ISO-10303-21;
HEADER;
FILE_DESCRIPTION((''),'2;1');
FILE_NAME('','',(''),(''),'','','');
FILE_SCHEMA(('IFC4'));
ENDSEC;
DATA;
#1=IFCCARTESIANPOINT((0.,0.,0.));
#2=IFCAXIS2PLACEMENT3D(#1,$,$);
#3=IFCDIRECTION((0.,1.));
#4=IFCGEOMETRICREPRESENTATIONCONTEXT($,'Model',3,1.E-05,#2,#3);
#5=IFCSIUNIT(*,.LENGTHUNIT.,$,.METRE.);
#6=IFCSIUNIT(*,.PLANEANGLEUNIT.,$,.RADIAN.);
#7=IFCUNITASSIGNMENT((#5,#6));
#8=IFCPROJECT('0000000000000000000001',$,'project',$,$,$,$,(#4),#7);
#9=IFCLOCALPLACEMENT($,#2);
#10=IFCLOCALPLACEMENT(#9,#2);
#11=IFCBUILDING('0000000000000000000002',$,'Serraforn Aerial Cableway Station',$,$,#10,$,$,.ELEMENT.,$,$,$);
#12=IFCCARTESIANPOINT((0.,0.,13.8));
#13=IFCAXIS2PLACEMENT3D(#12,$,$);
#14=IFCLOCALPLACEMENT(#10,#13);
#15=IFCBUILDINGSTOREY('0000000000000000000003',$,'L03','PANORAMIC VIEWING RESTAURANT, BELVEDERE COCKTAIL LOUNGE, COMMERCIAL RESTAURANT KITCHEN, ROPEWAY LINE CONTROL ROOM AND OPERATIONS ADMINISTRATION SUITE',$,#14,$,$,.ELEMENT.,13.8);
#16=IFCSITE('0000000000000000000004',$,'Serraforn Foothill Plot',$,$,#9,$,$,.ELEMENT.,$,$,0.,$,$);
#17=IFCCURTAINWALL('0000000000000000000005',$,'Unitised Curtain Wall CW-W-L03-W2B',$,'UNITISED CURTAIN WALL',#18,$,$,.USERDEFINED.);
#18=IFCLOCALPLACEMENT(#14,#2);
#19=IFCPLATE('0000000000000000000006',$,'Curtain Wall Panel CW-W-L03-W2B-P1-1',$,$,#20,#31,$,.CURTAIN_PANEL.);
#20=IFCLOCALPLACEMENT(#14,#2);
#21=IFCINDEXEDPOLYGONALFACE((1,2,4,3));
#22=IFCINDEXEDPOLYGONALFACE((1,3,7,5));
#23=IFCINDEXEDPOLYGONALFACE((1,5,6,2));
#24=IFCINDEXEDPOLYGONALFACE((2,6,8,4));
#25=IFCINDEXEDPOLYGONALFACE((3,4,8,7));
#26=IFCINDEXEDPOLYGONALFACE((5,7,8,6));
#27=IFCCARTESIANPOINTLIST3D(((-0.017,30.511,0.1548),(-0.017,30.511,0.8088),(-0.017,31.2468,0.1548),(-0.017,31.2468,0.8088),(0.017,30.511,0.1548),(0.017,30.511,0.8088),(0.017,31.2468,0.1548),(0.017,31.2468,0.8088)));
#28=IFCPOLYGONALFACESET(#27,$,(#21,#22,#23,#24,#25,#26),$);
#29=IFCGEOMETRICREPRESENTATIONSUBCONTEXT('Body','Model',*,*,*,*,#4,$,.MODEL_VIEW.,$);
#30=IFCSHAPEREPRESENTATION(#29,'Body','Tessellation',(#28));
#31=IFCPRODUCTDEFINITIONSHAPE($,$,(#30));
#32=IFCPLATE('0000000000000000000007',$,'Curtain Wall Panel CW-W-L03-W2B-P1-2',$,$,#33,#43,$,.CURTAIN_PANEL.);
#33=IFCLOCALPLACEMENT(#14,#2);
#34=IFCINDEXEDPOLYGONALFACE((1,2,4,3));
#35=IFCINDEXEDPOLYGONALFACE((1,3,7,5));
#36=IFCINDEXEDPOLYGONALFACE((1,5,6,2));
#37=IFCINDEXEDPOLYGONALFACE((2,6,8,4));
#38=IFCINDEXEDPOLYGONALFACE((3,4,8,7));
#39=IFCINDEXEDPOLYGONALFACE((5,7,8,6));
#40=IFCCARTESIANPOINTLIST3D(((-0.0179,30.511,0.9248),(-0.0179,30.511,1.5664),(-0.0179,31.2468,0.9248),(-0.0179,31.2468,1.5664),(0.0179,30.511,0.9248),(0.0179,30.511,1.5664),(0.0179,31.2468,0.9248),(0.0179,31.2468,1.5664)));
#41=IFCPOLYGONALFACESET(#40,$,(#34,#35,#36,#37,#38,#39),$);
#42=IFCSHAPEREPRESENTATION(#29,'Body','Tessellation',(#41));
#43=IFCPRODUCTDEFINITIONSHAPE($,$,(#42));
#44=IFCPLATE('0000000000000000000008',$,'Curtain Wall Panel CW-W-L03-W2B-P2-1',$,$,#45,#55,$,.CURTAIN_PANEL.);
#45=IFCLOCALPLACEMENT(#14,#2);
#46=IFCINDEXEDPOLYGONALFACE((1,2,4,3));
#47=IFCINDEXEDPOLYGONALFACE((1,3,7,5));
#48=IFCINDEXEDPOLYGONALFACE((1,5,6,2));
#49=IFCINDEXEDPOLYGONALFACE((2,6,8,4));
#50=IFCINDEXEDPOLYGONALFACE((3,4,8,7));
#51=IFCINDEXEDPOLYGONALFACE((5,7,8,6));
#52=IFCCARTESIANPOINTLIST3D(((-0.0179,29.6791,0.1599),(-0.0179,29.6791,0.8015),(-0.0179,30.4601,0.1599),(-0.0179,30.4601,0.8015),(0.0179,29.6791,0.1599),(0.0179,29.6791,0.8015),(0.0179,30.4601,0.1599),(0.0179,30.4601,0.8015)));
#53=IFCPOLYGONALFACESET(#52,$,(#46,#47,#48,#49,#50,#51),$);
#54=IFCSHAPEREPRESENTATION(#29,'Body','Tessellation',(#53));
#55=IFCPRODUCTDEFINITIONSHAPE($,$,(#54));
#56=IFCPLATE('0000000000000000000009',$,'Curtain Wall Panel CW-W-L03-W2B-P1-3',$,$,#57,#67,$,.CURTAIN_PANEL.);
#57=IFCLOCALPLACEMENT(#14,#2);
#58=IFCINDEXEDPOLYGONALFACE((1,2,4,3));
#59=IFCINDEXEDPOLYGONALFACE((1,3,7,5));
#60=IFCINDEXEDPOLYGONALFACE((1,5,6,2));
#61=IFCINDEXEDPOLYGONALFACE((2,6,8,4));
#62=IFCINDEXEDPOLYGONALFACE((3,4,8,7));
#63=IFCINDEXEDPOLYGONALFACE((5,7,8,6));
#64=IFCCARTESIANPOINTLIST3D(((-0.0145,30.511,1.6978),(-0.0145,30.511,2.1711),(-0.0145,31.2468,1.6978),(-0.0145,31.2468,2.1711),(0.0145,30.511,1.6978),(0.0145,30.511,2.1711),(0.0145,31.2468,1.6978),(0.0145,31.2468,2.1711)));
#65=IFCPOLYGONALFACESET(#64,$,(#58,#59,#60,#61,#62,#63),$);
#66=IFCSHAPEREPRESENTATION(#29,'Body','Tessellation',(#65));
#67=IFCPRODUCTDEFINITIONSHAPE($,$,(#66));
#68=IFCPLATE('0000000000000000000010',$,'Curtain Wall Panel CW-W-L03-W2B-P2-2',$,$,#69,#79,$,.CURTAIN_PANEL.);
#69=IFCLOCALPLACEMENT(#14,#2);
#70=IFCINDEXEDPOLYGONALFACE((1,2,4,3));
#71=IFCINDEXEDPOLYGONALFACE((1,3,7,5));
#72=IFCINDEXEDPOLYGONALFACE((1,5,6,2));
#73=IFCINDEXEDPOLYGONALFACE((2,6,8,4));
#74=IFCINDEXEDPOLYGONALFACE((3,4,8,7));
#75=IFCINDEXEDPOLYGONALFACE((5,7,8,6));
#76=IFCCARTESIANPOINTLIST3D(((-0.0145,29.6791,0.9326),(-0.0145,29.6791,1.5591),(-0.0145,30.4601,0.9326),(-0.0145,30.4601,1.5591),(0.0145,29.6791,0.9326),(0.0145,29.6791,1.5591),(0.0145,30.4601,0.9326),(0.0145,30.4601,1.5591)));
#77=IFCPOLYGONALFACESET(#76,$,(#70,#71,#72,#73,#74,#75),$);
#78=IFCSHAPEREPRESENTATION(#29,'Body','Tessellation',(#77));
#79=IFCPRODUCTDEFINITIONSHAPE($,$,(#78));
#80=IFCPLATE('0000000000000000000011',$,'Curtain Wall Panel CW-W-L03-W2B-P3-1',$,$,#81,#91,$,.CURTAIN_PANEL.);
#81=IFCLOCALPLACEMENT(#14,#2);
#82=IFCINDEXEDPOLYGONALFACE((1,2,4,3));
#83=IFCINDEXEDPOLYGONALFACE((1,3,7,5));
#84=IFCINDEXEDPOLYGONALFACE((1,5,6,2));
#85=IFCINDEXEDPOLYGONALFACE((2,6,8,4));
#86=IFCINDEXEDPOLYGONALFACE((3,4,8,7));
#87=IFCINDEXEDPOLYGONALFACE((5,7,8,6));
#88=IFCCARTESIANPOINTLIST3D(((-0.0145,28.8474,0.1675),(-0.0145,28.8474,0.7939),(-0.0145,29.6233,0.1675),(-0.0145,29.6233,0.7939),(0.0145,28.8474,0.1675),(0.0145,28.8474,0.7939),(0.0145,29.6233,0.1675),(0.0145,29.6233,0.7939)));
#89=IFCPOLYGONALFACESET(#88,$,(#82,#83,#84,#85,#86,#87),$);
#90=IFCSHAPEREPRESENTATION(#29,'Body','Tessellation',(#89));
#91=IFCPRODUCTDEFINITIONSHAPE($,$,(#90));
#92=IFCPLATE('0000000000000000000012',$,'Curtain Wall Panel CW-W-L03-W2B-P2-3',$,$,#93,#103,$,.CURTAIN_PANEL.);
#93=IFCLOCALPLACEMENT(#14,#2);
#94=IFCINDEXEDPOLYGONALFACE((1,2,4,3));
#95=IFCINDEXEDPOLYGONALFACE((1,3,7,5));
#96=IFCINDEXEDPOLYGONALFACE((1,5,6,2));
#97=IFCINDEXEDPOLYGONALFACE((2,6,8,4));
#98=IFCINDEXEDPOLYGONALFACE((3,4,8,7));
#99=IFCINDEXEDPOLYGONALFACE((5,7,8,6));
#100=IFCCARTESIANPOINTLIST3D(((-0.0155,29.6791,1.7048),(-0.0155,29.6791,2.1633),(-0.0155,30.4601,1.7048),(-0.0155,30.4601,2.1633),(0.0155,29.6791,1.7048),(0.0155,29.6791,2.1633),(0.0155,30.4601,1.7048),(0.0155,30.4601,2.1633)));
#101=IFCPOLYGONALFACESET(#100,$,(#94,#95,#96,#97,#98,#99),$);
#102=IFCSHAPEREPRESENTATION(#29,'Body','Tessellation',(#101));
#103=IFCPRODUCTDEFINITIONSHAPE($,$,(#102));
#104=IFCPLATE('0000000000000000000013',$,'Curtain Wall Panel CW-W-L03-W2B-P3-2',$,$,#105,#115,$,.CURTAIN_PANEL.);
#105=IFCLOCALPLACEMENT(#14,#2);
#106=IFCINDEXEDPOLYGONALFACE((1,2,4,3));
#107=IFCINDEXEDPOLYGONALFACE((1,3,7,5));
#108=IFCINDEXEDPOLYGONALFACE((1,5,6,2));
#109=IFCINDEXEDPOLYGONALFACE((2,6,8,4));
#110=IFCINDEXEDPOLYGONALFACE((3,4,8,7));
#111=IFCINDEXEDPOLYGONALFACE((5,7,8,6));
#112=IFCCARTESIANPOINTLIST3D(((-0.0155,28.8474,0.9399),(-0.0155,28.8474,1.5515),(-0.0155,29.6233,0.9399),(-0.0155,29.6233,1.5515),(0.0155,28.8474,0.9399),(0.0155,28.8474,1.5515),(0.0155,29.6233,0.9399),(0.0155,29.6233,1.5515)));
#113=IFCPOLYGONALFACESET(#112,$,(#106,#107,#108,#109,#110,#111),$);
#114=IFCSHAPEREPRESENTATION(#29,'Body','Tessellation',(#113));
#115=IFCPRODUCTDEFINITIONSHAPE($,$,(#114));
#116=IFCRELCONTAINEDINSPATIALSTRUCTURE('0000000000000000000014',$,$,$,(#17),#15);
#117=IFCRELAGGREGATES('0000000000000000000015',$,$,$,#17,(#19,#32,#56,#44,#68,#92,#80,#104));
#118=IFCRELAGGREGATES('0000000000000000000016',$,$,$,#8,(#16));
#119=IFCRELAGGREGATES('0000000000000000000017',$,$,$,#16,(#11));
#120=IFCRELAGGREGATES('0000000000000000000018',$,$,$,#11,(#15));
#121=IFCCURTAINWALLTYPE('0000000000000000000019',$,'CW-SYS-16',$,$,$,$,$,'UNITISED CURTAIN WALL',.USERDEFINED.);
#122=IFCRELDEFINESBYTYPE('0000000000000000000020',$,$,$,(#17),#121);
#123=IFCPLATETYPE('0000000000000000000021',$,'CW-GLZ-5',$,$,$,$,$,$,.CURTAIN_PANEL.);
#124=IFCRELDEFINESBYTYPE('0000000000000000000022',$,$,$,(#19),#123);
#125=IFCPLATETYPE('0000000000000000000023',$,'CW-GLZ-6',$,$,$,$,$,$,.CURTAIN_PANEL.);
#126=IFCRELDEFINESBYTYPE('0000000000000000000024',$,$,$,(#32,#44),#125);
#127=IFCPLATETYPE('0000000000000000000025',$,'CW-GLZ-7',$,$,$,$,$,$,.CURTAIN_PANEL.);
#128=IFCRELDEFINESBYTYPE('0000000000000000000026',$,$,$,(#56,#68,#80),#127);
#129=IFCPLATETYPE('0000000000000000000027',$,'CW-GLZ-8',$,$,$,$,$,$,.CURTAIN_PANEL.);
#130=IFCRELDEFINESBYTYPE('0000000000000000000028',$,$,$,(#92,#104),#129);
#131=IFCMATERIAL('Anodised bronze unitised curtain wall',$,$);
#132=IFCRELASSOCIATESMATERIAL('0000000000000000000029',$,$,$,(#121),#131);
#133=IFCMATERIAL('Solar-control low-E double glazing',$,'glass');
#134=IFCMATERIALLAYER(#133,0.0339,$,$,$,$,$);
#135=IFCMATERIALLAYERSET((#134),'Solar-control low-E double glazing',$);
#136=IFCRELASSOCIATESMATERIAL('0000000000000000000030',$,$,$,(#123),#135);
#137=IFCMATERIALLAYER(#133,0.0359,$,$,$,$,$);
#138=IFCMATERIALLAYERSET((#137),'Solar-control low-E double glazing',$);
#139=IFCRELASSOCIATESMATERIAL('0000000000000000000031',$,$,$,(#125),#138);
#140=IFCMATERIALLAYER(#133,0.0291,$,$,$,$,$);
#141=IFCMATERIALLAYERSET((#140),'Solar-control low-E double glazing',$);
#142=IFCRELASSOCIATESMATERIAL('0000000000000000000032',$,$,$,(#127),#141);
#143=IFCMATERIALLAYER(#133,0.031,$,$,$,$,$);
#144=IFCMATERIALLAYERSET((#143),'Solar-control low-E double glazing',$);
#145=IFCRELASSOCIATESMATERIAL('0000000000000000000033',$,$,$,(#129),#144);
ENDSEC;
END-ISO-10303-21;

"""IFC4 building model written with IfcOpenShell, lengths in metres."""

from ifc_helpers import new_model, si_unit, direction, frame, origin, origin_2d, place, context, subcontext, project, spatial, rectangle, extrude, material, layer, layer_set, type_object, element, aggregate, save


model = new_model("IFC4")

# Units and contexts
model_context = context("Model", 3, precision=1e-05, world=origin(), true_north=direction((0.0, 1.0)))
body_context = subcontext(model_context, "Body", "Model", "MODEL_VIEW")
ifc_project = project(units=[si_unit("LENGTHUNIT", "METRE"), si_unit("PLANEANGLEUNIT", "RADIAN")], contexts=[model_context])

# Site, building, storey
site_placement = place(None, origin())
site = spatial("IfcSite", under=ifc_project, at=site_placement, Name="Serraforn Foothill Plot", CompositionType="ELEMENT", RefElevation=0.0)
building_placement = place(site_placement, origin())
building = spatial("IfcBuilding", under=site, at=building_placement, Name="Serraforn Aerial Cableway Station", CompositionType="ELEMENT")
storey_placement = place(building_placement, frame((0.0, 0.0, 13.8)))
storey = spatial("IfcBuildingStorey", under=building, at=storey_placement, Name="L03", Description="PANORAMIC VIEWING RESTAURANT, BELVEDERE COCKTAIL LOUNGE, COMMERCIAL RESTAURANT KITCHEN, ROPEWAY LINE CONTROL ROOM AND OPERATIONS ADMINISTRATION SUITE", CompositionType="ELEMENT", Elevation=13.8)

# Curtain wall, plates
ifc_material_1 = material(Name="Anodised bronze unitised curtain wall")
curtain_wall_type = type_object("IfcCurtainWallType", Name="CW-SYS-16", ElementType="UNITISED CURTAIN WALL", PredefinedType="USERDEFINED", material=ifc_material_1)
curtain_wall_placement = place(storey_placement, origin())
curtain_wall = element("IfcCurtainWall", 1, at=curtain_wall_placement, inside=storey, type_object=curtain_wall_type, Name="Unitised Curtain Wall CW-W-L03-W2B", ObjectType="UNITISED CURTAIN WALL", PredefinedType="USERDEFINED")
ifc_material_2 = material(Name="Solar-control low-E double glazing", Category="glass")
ifc_layer_1 = layer(ifc_material_2, 0.0339)
ifc_layer_set_1 = layer_set([ifc_layer_1], Name="Solar-control low-E double glazing")
plate_type_1 = type_object("IfcPlateType", Name="CW-GLZ-5", PredefinedType="CURTAIN_PANEL", material=ifc_layer_set_1)
plate_1_placement = place(storey_placement, frame((0.0, 30.8789, 0.1548), z_axis=(0.0, 0.0, 1.0), x_axis=(1.0, 0.0, 0.0)))
plate_1 = element("IfcPlate", 2, at=plate_1_placement, type_object=plate_type_1, Name="Curtain Wall Panel CW-W-L03-W2B-P1-1", PredefinedType="CURTAIN_PANEL", context=body_context, shape_type="SweptSolid", body=[
    extrude(rectangle(XDim=0.0339, YDim=0.7358, at=origin_2d()), origin(), (0.0, 0.0, 1.0), 0.6541),
])
ifc_layer_2 = layer(ifc_material_2, 0.0359)
ifc_layer_set_2 = layer_set([ifc_layer_2], Name="Solar-control low-E double glazing")
plate_type_2 = type_object("IfcPlateType", Name="CW-GLZ-6", PredefinedType="CURTAIN_PANEL", material=ifc_layer_set_2)
plate_2_placement = place(storey_placement, frame((0.0, 30.8789, 0.9248), z_axis=(0.0, 0.0, 1.0), x_axis=(1.0, 0.0, 0.0)))
plate_2 = element("IfcPlate", 3, at=plate_2_placement, type_object=plate_type_2, Name="Curtain Wall Panel CW-W-L03-W2B-P1-2", PredefinedType="CURTAIN_PANEL", context=body_context, shape_type="SweptSolid", body=[
    extrude(rectangle(XDim=0.0359, YDim=0.7358, at=origin_2d()), origin(), (0.0, 0.0, 1.0), 0.6416),
])
plate_3_placement = place(storey_placement, frame((0.0, 30.0696, 0.1599), z_axis=(0.0, 0.0, 1.0), x_axis=(1.0, 0.0, 0.0)))
plate_3 = element("IfcPlate", 4, at=plate_3_placement, type_object=plate_type_2, Name="Curtain Wall Panel CW-W-L03-W2B-P2-1", PredefinedType="CURTAIN_PANEL", context=body_context, shape_type="SweptSolid", body=[
    extrude(rectangle(XDim=0.0359, YDim=0.781, at=origin_2d()), origin(), (0.0, 0.0, 1.0), 0.6416),
])
ifc_layer_3 = layer(ifc_material_2, 0.0291)
ifc_layer_set_3 = layer_set([ifc_layer_3], Name="Solar-control low-E double glazing")
plate_type_3 = type_object("IfcPlateType", Name="CW-GLZ-7", PredefinedType="CURTAIN_PANEL", material=ifc_layer_set_3)
plate_4_placement = place(storey_placement, frame((0.0, 30.8789, 1.6978), z_axis=(0.0, 0.0, 1.0), x_axis=(1.0, 0.0, 0.0)))
plate_4 = element("IfcPlate", 5, at=plate_4_placement, type_object=plate_type_3, Name="Curtain Wall Panel CW-W-L03-W2B-P1-3", PredefinedType="CURTAIN_PANEL", context=body_context, shape_type="SweptSolid", body=[
    extrude(rectangle(XDim=0.0291, YDim=0.7358, at=origin_2d()), origin(), (0.0, 0.0, 1.0), 0.4734),
])
plate_5_placement = place(storey_placement, frame((0.0, 30.0696, 0.9326), z_axis=(0.0, 0.0, 1.0), x_axis=(1.0, 0.0, 0.0)))
plate_5 = element("IfcPlate", 6, at=plate_5_placement, type_object=plate_type_3, Name="Curtain Wall Panel CW-W-L03-W2B-P2-2", PredefinedType="CURTAIN_PANEL", context=body_context, shape_type="SweptSolid", body=[
    extrude(rectangle(XDim=0.0291, YDim=0.781, at=origin_2d()), origin(), (0.0, 0.0, 1.0), 0.6265),
])
plate_6_placement = place(storey_placement, frame((0.0, 29.2354, 0.1675), z_axis=(0.0, 0.0, 1.0), x_axis=(1.0, 0.0, 0.0)))
plate_6 = element("IfcPlate", 7, at=plate_6_placement, type_object=plate_type_3, Name="Curtain Wall Panel CW-W-L03-W2B-P3-1", PredefinedType="CURTAIN_PANEL", context=body_context, shape_type="SweptSolid", body=[
    extrude(rectangle(XDim=0.0291, YDim=0.7759, at=origin_2d()), origin(), (0.0, 0.0, 1.0), 0.6265),
])
ifc_layer_4 = layer(ifc_material_2, 0.031)
ifc_layer_set_4 = layer_set([ifc_layer_4], Name="Solar-control low-E double glazing")
plate_type_4 = type_object("IfcPlateType", Name="CW-GLZ-8", PredefinedType="CURTAIN_PANEL", material=ifc_layer_set_4)
plate_7_placement = place(storey_placement, frame((0.0, 30.0696, 1.7048), z_axis=(0.0, 0.0, 1.0), x_axis=(1.0, 0.0, 0.0)))
plate_7 = element("IfcPlate", 8, at=plate_7_placement, type_object=plate_type_4, Name="Curtain Wall Panel CW-W-L03-W2B-P2-3", PredefinedType="CURTAIN_PANEL", context=body_context, shape_type="SweptSolid", body=[
    extrude(rectangle(XDim=0.031, YDim=0.781, at=origin_2d()), origin(), (0.0, 0.0, 1.0), 0.4585),
])
plate_8_placement = place(storey_placement, frame((0.0, 29.2354, 0.9399), z_axis=(0.0, 0.0, 1.0), x_axis=(1.0, 0.0, 0.0)))
plate_8 = element("IfcPlate", 9, at=plate_8_placement, type_object=plate_type_4, Name="Curtain Wall Panel CW-W-L03-W2B-P3-2", PredefinedType="CURTAIN_PANEL", context=body_context, shape_type="SweptSolid", body=[
    extrude(rectangle(XDim=0.031, YDim=0.7759, at=origin_2d()), origin(), (0.0, 0.0, 1.0), 0.6116),
])
aggregate(curtain_wall, [plate_1, plate_2, plate_4, plate_3, plate_5, plate_7, plate_6, plate_8])

save(model, "model.ifc")
